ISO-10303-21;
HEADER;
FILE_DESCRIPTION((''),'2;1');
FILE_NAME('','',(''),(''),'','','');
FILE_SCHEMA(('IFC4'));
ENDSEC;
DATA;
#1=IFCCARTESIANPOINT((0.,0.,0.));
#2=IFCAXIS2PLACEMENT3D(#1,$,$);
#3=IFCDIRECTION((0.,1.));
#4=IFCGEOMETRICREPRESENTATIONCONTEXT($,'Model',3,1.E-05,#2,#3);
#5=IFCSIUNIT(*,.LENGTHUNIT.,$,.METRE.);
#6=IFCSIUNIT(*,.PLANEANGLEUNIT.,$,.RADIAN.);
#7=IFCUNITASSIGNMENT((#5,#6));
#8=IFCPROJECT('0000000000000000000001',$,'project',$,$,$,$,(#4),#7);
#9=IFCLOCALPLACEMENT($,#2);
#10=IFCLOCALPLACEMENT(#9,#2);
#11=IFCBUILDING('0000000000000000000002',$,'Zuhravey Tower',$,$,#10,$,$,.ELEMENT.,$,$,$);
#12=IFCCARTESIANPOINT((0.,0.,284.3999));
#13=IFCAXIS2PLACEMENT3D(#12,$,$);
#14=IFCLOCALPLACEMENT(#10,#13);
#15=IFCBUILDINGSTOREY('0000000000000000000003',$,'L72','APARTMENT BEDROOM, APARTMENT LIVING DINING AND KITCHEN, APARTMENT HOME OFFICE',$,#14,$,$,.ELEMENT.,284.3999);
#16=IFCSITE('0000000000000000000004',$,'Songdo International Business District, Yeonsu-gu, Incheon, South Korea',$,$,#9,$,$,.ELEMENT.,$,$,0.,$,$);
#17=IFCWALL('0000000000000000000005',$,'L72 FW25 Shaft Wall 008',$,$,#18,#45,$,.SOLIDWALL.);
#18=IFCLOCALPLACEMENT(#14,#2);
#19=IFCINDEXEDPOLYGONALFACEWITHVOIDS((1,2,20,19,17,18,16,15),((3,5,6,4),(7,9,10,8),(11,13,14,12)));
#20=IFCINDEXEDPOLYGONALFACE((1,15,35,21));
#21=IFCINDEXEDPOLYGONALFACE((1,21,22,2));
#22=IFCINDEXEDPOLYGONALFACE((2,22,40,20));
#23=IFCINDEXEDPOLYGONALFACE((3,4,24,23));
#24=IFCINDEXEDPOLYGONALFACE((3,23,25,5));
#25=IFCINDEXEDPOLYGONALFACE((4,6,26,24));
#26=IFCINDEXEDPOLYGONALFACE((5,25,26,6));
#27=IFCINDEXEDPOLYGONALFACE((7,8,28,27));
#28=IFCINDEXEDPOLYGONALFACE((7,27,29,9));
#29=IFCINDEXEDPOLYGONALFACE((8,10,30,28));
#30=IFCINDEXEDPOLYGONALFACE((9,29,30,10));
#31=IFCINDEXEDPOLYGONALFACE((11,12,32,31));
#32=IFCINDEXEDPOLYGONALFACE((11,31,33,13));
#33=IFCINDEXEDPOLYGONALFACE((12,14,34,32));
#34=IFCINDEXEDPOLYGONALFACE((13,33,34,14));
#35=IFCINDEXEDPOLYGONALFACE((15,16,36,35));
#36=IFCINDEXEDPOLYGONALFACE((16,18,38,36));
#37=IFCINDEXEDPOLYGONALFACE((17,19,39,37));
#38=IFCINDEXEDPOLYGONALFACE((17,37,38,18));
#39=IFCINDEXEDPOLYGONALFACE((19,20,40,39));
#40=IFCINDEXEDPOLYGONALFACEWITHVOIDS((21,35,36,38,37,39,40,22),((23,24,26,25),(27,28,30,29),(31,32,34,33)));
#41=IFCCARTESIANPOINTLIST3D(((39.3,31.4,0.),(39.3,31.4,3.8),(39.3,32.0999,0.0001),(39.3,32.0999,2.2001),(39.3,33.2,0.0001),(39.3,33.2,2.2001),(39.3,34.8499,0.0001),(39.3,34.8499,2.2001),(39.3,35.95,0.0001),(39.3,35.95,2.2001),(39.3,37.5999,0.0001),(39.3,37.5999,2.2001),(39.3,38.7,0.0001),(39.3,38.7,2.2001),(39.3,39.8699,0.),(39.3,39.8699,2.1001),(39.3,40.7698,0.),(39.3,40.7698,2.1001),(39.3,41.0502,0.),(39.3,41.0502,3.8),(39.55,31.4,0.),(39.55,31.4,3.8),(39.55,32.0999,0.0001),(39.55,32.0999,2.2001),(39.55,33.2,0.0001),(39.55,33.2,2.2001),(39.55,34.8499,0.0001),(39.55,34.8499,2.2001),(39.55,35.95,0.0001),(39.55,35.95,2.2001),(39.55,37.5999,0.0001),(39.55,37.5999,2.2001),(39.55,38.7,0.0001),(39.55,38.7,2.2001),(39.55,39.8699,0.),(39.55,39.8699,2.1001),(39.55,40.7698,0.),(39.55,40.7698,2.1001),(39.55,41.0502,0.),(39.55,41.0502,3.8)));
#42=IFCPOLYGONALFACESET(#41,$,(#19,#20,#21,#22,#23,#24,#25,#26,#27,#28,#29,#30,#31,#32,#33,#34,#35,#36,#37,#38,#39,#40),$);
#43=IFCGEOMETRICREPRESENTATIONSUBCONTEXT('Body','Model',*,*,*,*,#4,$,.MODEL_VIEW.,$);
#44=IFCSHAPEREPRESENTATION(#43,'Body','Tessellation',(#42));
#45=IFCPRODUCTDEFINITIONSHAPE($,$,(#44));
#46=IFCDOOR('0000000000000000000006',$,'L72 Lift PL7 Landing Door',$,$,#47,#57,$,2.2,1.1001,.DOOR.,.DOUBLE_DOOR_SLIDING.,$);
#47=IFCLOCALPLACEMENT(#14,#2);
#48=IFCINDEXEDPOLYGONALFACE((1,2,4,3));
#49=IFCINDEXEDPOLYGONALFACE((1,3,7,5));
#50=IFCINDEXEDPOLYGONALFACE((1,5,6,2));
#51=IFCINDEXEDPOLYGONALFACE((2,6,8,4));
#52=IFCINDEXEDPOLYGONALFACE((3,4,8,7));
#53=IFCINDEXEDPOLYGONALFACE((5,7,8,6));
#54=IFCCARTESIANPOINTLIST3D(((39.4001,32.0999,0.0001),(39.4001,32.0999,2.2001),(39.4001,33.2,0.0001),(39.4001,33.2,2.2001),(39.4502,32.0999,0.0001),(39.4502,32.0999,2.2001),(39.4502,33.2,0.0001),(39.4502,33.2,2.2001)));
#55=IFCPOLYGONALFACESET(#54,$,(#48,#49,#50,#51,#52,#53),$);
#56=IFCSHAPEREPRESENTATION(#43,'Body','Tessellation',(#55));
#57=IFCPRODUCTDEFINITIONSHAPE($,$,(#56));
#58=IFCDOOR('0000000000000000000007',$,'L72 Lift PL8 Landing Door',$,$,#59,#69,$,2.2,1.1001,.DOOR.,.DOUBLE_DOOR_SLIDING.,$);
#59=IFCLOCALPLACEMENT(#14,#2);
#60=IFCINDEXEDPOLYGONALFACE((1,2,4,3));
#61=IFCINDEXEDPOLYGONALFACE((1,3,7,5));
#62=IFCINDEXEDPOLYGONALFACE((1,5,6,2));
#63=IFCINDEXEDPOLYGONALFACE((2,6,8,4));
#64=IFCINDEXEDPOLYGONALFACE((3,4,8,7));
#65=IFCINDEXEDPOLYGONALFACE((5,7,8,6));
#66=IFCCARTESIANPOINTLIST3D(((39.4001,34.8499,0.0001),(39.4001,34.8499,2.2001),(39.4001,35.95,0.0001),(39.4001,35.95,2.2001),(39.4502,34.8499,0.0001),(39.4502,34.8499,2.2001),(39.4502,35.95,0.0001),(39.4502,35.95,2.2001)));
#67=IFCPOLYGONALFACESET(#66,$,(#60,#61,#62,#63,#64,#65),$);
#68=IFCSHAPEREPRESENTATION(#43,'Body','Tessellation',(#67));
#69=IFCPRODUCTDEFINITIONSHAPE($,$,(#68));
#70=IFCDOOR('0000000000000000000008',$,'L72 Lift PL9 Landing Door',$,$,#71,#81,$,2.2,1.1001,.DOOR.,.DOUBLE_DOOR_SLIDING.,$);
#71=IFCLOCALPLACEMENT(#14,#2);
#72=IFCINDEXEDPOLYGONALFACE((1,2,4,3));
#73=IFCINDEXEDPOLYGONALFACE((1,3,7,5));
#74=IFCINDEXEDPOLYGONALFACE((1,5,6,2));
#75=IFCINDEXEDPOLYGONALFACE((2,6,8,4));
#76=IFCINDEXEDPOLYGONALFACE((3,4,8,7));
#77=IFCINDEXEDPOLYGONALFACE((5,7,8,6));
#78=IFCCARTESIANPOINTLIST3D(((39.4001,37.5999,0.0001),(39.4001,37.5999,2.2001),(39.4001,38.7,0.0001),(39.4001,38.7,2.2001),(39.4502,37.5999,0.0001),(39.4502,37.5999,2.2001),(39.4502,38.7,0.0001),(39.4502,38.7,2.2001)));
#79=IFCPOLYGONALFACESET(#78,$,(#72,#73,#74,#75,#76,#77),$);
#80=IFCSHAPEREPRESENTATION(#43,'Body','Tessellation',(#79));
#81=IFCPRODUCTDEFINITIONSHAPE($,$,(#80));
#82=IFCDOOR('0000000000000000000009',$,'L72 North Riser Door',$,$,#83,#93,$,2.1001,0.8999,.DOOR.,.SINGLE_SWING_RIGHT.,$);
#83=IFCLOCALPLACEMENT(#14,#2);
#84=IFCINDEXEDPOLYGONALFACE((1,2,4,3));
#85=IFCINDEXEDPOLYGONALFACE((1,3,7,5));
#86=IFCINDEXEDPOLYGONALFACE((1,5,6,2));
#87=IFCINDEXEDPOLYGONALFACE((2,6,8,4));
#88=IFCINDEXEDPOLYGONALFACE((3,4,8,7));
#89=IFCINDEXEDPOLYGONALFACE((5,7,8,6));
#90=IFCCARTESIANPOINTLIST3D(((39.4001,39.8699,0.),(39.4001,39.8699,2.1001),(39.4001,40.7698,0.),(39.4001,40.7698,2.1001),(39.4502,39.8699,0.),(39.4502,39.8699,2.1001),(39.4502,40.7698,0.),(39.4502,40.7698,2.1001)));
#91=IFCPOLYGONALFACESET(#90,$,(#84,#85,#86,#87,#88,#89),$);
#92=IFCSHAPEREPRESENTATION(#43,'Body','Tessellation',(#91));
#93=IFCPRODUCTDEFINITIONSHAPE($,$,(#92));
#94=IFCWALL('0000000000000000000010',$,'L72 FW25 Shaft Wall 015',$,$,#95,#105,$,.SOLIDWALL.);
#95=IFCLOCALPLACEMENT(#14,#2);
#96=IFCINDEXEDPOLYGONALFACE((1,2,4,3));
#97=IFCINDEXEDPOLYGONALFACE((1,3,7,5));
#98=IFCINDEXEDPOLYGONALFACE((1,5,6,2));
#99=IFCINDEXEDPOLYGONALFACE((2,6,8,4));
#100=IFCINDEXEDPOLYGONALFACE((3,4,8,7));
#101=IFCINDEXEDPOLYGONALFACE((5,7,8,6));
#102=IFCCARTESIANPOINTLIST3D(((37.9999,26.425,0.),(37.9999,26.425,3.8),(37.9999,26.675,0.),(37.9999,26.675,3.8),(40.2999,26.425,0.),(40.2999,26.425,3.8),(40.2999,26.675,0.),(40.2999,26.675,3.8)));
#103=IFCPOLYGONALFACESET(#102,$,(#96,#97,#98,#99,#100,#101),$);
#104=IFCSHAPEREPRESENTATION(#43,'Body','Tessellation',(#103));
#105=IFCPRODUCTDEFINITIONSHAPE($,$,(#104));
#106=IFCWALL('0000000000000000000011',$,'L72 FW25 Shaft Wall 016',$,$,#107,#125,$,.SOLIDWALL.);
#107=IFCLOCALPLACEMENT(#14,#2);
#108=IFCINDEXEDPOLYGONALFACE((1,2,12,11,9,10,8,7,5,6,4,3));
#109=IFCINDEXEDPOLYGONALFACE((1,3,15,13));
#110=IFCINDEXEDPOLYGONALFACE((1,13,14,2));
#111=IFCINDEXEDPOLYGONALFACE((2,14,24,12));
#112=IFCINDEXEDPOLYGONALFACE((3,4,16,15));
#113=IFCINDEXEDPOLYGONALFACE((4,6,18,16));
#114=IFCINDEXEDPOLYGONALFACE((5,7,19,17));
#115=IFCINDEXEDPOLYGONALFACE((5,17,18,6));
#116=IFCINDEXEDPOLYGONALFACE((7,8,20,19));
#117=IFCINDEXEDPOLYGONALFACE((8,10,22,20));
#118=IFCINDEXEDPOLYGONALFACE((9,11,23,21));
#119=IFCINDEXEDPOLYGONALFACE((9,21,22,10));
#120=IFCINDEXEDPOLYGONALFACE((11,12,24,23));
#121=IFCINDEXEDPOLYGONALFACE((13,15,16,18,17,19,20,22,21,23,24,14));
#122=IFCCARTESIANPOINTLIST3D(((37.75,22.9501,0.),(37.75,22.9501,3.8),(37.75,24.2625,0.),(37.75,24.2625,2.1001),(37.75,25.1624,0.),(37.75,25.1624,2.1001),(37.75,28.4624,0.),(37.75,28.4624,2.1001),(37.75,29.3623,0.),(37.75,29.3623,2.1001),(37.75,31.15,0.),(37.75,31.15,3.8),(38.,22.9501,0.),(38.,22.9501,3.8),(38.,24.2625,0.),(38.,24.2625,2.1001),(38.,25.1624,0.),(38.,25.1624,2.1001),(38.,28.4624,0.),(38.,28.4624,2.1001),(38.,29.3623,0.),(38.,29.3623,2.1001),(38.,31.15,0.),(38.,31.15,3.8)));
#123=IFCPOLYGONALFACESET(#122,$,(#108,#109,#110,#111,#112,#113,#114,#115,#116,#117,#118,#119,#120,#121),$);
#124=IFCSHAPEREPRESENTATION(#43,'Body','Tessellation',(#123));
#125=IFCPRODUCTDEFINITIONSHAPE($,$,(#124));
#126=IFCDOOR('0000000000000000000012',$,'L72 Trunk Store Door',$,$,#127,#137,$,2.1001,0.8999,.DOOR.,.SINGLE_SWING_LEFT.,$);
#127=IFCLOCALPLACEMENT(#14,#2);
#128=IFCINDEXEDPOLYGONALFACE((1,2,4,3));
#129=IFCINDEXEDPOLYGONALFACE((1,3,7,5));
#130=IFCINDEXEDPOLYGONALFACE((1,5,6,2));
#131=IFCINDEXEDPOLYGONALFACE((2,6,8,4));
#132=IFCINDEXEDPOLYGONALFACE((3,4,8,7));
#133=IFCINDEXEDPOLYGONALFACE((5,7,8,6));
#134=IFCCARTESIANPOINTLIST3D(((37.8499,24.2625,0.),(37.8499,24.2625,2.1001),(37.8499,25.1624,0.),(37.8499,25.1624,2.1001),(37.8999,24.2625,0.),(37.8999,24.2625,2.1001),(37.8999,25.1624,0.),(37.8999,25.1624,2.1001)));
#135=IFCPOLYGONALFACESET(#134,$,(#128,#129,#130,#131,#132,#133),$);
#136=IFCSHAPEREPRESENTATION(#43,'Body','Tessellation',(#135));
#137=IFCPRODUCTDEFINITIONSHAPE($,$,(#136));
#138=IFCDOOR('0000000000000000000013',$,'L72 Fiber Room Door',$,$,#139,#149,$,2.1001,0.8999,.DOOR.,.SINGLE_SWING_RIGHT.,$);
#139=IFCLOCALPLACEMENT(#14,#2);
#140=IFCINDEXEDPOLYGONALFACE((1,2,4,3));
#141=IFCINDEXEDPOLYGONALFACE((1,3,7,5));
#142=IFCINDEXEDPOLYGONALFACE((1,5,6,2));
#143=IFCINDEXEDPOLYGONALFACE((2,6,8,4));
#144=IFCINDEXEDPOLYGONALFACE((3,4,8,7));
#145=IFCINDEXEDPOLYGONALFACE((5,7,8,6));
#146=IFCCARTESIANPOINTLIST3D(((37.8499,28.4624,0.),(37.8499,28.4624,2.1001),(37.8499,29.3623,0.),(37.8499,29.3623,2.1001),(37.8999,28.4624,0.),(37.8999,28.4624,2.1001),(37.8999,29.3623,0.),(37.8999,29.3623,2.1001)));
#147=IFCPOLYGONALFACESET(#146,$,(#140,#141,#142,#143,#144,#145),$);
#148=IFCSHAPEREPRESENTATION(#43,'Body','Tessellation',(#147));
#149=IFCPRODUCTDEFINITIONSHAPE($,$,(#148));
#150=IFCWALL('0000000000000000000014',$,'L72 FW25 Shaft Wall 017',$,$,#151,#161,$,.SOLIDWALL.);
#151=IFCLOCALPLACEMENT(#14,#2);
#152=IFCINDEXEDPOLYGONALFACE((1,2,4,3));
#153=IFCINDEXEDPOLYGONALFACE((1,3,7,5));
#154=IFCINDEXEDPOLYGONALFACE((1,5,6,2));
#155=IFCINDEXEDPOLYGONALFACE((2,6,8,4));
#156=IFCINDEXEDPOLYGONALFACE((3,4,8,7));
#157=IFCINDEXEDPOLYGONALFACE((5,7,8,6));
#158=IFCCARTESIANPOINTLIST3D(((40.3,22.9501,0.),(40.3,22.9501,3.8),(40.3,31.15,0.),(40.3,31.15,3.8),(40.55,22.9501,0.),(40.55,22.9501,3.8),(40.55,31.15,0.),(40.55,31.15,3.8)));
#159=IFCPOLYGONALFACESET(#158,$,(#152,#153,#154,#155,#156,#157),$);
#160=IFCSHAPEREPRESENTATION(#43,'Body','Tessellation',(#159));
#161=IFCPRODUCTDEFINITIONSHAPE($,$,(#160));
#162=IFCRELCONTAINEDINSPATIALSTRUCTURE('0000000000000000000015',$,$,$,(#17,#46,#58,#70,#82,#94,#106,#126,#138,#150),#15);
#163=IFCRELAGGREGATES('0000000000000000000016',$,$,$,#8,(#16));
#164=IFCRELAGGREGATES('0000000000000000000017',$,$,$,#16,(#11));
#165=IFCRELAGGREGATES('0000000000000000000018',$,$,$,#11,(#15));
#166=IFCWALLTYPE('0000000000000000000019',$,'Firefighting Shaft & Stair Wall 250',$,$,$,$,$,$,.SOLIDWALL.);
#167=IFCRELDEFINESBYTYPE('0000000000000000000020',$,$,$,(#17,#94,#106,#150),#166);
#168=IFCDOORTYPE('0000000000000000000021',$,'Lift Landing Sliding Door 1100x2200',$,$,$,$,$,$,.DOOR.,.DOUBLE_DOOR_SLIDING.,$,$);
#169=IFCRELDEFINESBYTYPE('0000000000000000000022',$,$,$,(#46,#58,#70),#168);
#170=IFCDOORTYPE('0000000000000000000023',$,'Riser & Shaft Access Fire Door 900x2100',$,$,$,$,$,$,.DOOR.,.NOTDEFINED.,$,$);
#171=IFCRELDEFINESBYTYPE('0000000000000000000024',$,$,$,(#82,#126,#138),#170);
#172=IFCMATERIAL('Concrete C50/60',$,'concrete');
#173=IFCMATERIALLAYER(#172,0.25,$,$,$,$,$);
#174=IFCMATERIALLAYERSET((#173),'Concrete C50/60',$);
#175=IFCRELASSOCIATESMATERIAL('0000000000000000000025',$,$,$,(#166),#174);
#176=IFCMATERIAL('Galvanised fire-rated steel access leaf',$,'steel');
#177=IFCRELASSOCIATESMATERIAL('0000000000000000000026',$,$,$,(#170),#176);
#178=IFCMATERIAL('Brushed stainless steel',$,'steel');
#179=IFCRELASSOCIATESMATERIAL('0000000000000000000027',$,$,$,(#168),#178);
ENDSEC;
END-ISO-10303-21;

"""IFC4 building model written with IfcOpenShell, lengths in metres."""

from ifc_helpers import new_model, si_unit, direction, frame, frame_2d, origin, place, context, subcontext, project, spatial, rectangle, extrude, material, layer, layer_set, type_object, element, fill, save


model = new_model("IFC4")

# Units and contexts
model_context = context("Model", 3, precision=1e-05, world=origin(), true_north=direction((0.0, 1.0)))
body_context = subcontext(model_context, "Body", "Model", "MODEL_VIEW")
ifc_project = project(units=[si_unit("LENGTHUNIT", "METRE"), si_unit("PLANEANGLEUNIT", "RADIAN")], contexts=[model_context])

# Site, building, storey
site_placement = place(None, origin())
site = spatial("IfcSite", under=ifc_project, at=site_placement, Name="Songdo International Business District, Yeonsu-gu, Incheon, South Korea", CompositionType="ELEMENT", RefElevation=0.0)
building_placement = place(site_placement, origin())
building = spatial("IfcBuilding", under=site, at=building_placement, Name="Zuhravey Tower", CompositionType="ELEMENT")
storey_placement = place(building_placement, frame((0.0, 0.0, 284.3999)))
storey = spatial("IfcBuildingStorey", under=building, at=storey_placement, Name="L72", Description="APARTMENT BEDROOM, APARTMENT LIVING DINING AND KITCHEN, APARTMENT HOME OFFICE", CompositionType="ELEMENT", Elevation=284.3999)

# Shared definitions
ifc_material_1 = material(Name="Concrete C50/60", Category="concrete")

# Shared definitions
ifc_layer_1 = layer(ifc_material_1, 0.25)
ifc_layer_set_1 = layer_set([ifc_layer_1], Name="Concrete C50/60")
wall_type_1 = type_object("IfcWallType", Name="Firefighting Shaft & Stair Wall 250", PredefinedType="SOLIDWALL", material=ifc_layer_set_1)

# Wall, openings, doors
ifc_material_2 = material(Name="Galvanised fire-rated steel access leaf", Category="steel")
door_type_1 = type_object("IfcDoorType", Name="Riser & Shaft Access Fire Door 900x2100", OperationType="NOTDEFINED", PredefinedType="DOOR", material=ifc_material_2)
wall_1_placement = place(storey_placement, frame((39.425, 31.3999, 0.0), z_axis=(0.0, 0.0, 1.0), x_axis=(0.0, 1.0, 0.0)))
wall_1 = element("IfcWall", 1, at=wall_1_placement, inside=storey, type_object=wall_type_1, Name="L72 FW25 Shaft Wall 008", PredefinedType="SOLIDWALL", context=body_context, shape_type="SweptSolid", body=[
    extrude(rectangle(XDim=9.6501, YDim=0.25, at=frame_2d((4.8252, 0.0))), origin(), (0.0, 0.0, 1.0), 3.8),
])
opening_1_placement = place(wall_1_placement, frame((0.7, 0.0, 0.0)))
opening_1 = element("IfcOpeningElement", 2, at=opening_1_placement, cuts=wall_1, PredefinedType="OPENING", context=body_context, shape_type="SweptSolid", body=[
    extrude(rectangle(XDim=1.1001, YDim=2.2, at=frame_2d((0.55, 1.1001))), frame((0.0, 0.137, 0.0), z_axis=(0.0, -1.0, 0.0), x_axis=(1.0, 0.0, 0.0)), (0.0, 0.0, 1.0), 0.2739),
])
opening_2_placement = place(wall_1_placement, frame((3.45, 0.0, 0.0)))
opening_2 = element("IfcOpeningElement", 3, at=opening_2_placement, cuts=wall_1, PredefinedType="OPENING", context=body_context, shape_type="SweptSolid", body=[
    extrude(rectangle(XDim=1.1001, YDim=2.2, at=frame_2d((0.55, 1.1001))), frame((0.0, 0.137, 0.0), z_axis=(0.0, -1.0, 0.0), x_axis=(1.0, 0.0, 0.0)), (0.0, 0.0, 1.0), 0.2739),
])
opening_3_placement = place(wall_1_placement, frame((6.2, 0.0, 0.0)))
opening_3 = element("IfcOpeningElement", 4, at=opening_3_placement, cuts=wall_1, PredefinedType="OPENING", context=body_context, shape_type="SweptSolid", body=[
    extrude(rectangle(XDim=1.1001, YDim=2.2, at=frame_2d((0.55, 1.1001))), frame((0.0, 0.137, 0.0), z_axis=(0.0, -1.0, 0.0), x_axis=(1.0, 0.0, 0.0)), (0.0, 0.0, 1.0), 0.2739),
])
opening_4_placement = place(wall_1_placement, frame((8.47, 0.0, 0.0)))
opening_4 = element("IfcOpeningElement", 5, at=opening_4_placement, cuts=wall_1, PredefinedType="OPENING", context=body_context, shape_type="SweptSolid", body=[
    extrude(rectangle(XDim=0.8999, YDim=2.1001, at=frame_2d((0.45, 1.05))), frame((0.0, 0.137, 0.0), z_axis=(0.0, -1.0, 0.0), x_axis=(1.0, 0.0, 0.0)), (0.0, 0.0, 1.0), 0.2739),
])
ifc_material_3 = material(Name="Brushed stainless steel", Category="steel")
door_type_2 = type_object("IfcDoorType", Name="Lift Landing Sliding Door 1100x2200", OperationType="DOUBLE_DOOR_SLIDING", PredefinedType="DOOR", material=ifc_material_3)
door_1_placement = place(opening_1_placement, origin())
door_1 = element("IfcDoor", 6, at=door_1_placement, inside=storey, type_object=door_type_2, Name="L72 Lift PL7 Landing Door", OperationType="DOUBLE_DOOR_SLIDING", OverallHeight=2.2, OverallWidth=1.1001, PredefinedType="DOOR", context=body_context, shape_type="SweptSolid", body=[
    extrude(rectangle(XDim=1.1001, YDim=2.2, at=frame_2d((0.55, 1.1001))), frame((0.0, 0.0249, 0.0), z_axis=(0.0, -1.0, 0.0), x_axis=(1.0, 0.0, 0.0)), (0.0, 0.0, 1.0), 0.05),
])
fill(opening_1, door_1)
door_2_placement = place(opening_2_placement, origin())
door_2 = element("IfcDoor", 7, at=door_2_placement, inside=storey, type_object=door_type_2, Name="L72 Lift PL8 Landing Door", OperationType="DOUBLE_DOOR_SLIDING", OverallHeight=2.2, OverallWidth=1.1001, PredefinedType="DOOR", context=body_context, shape_type="SweptSolid", body=[
    extrude(rectangle(XDim=1.1001, YDim=2.2, at=frame_2d((0.55, 1.1001))), frame((0.0, 0.0249, 0.0), z_axis=(0.0, -1.0, 0.0), x_axis=(1.0, 0.0, 0.0)), (0.0, 0.0, 1.0), 0.05),
])
fill(opening_2, door_2)
door_3_placement = place(opening_3_placement, origin())
door_3 = element("IfcDoor", 8, at=door_3_placement, inside=storey, type_object=door_type_2, Name="L72 Lift PL9 Landing Door", OperationType="DOUBLE_DOOR_SLIDING", OverallHeight=2.2, OverallWidth=1.1001, PredefinedType="DOOR", context=body_context, shape_type="SweptSolid", body=[
    extrude(rectangle(XDim=1.1001, YDim=2.2, at=frame_2d((0.55, 1.1001))), frame((0.0, 0.0249, 0.0), z_axis=(0.0, -1.0, 0.0), x_axis=(1.0, 0.0, 0.0)), (0.0, 0.0, 1.0), 0.05),
])
fill(opening_3, door_3)
door_4_placement = place(opening_4_placement, origin())
door_4 = element("IfcDoor", 9, at=door_4_placement, inside=storey, type_object=door_type_1, Name="L72 North Riser Door", OperationType="SINGLE_SWING_RIGHT", OverallHeight=2.1001, OverallWidth=0.8999, PredefinedType="DOOR", context=body_context, shape_type="SweptSolid", body=[
    extrude(rectangle(XDim=0.8999, YDim=2.1001, at=frame_2d((0.45, 1.05))), frame((0.0, 0.0249, 0.0), z_axis=(0.0, -1.0, 0.0), x_axis=(1.0, 0.0, 0.0)), (0.0, 0.0, 1.0), 0.05),
])
fill(opening_4, door_4)

# Wall
wall_2_placement = place(storey_placement, frame((38.0, 26.55, 0.0), z_axis=(0.0, 0.0, 1.0), x_axis=(1.0, 0.0, 0.0)))
element("IfcWall", 10, at=wall_2_placement, inside=storey, type_object=wall_type_1, Name="L72 FW25 Shaft Wall 015", PredefinedType="SOLIDWALL", context=body_context, shape_type="SweptSolid", body=[
    extrude(rectangle(XDim=2.3, YDim=0.25, at=frame_2d((1.1499, 0.0))), origin(), (0.0, 0.0, 1.0), 3.8),
])

# Wall, openings, doors
wall_3_placement = place(storey_placement, frame((37.875, 22.95, 0.0), z_axis=(0.0, 0.0, 1.0), x_axis=(0.0, 1.0, 0.0)))
wall_3 = element("IfcWall", 11, at=wall_3_placement, inside=storey, type_object=wall_type_1, Name="L72 FW25 Shaft Wall 016", PredefinedType="SOLIDWALL", context=body_context, shape_type="SweptSolid", body=[
    extrude(rectangle(XDim=8.2, YDim=0.25, at=frame_2d((4.1001, 0.0))), origin(), (0.0, 0.0, 1.0), 3.8),
])
opening_5_placement = place(wall_3_placement, frame((1.3125, 0.0, 0.0)))
opening_5 = element("IfcOpeningElement", 12, at=opening_5_placement, cuts=wall_3, PredefinedType="OPENING", context=body_context, shape_type="SweptSolid", body=[
    extrude(rectangle(XDim=0.8999, YDim=2.1001, at=frame_2d((0.45, 1.05))), frame((0.0, 0.137, 0.0), z_axis=(0.0, -1.0, 0.0), x_axis=(1.0, 0.0, 0.0)), (0.0, 0.0, 1.0), 0.2739),
])
opening_6_placement = place(wall_3_placement, frame((5.5125, 0.0, 0.0)))
opening_6 = element("IfcOpeningElement", 13, at=opening_6_placement, cuts=wall_3, PredefinedType="OPENING", context=body_context, shape_type="SweptSolid", body=[
    extrude(rectangle(XDim=0.8999, YDim=2.1001, at=frame_2d((0.45, 1.05))), frame((0.0, 0.137, 0.0), z_axis=(0.0, -1.0, 0.0), x_axis=(1.0, 0.0, 0.0)), (0.0, 0.0, 1.0), 0.2739),
])
door_5_placement = place(opening_5_placement, frame((0.8999, 0.0, 0.0), z_axis=(0.0, 0.0, 1.0), x_axis=(-1.0, 0.0, 0.0)))
door_5 = element("IfcDoor", 14, at=door_5_placement, inside=storey, type_object=door_type_1, Name="L72 Trunk Store Door", OperationType="SINGLE_SWING_LEFT", OverallHeight=2.1001, OverallWidth=0.8999, PredefinedType="DOOR", context=body_context, shape_type="SweptSolid", body=[
    extrude(rectangle(XDim=0.8999, YDim=2.1001, at=frame_2d((0.45, 1.05))), frame((0.0, 0.0249, 0.0), z_axis=(0.0, -1.0, 0.0), x_axis=(1.0, 0.0, 0.0)), (0.0, 0.0, 1.0), 0.05),
])
fill(opening_5, door_5)
door_6_placement = place(opening_6_placement, frame((0.8999, 0.0, 0.0), z_axis=(0.0, 0.0, 1.0), x_axis=(-1.0, 0.0, 0.0)))
door_6 = element("IfcDoor", 15, at=door_6_placement, inside=storey, type_object=door_type_1, Name="L72 Fiber Room Door", OperationType="SINGLE_SWING_RIGHT", OverallHeight=2.1001, OverallWidth=0.8999, PredefinedType="DOOR", context=body_context, shape_type="SweptSolid", body=[
    extrude(rectangle(XDim=0.8999, YDim=2.1001, at=frame_2d((0.45, 1.05))), frame((0.0, 0.0249, 0.0), z_axis=(0.0, -1.0, 0.0), x_axis=(1.0, 0.0, 0.0)), (0.0, 0.0, 1.0), 0.05),
])
fill(opening_6, door_6)

# Wall
wall_4_placement = place(storey_placement, frame((40.425, 22.95, 0.0), z_axis=(0.0, 0.0, 1.0), x_axis=(0.0, 1.0, 0.0)))
element("IfcWall", 16, at=wall_4_placement, inside=storey, type_object=wall_type_1, Name="L72 FW25 Shaft Wall 017", PredefinedType="SOLIDWALL", context=body_context, shape_type="SweptSolid", body=[
    extrude(rectangle(XDim=8.2, YDim=0.25, at=frame_2d((4.1001, 0.0))), origin(), (0.0, 0.0, 1.0), 3.8),
])

save(model, "model.ifc")
